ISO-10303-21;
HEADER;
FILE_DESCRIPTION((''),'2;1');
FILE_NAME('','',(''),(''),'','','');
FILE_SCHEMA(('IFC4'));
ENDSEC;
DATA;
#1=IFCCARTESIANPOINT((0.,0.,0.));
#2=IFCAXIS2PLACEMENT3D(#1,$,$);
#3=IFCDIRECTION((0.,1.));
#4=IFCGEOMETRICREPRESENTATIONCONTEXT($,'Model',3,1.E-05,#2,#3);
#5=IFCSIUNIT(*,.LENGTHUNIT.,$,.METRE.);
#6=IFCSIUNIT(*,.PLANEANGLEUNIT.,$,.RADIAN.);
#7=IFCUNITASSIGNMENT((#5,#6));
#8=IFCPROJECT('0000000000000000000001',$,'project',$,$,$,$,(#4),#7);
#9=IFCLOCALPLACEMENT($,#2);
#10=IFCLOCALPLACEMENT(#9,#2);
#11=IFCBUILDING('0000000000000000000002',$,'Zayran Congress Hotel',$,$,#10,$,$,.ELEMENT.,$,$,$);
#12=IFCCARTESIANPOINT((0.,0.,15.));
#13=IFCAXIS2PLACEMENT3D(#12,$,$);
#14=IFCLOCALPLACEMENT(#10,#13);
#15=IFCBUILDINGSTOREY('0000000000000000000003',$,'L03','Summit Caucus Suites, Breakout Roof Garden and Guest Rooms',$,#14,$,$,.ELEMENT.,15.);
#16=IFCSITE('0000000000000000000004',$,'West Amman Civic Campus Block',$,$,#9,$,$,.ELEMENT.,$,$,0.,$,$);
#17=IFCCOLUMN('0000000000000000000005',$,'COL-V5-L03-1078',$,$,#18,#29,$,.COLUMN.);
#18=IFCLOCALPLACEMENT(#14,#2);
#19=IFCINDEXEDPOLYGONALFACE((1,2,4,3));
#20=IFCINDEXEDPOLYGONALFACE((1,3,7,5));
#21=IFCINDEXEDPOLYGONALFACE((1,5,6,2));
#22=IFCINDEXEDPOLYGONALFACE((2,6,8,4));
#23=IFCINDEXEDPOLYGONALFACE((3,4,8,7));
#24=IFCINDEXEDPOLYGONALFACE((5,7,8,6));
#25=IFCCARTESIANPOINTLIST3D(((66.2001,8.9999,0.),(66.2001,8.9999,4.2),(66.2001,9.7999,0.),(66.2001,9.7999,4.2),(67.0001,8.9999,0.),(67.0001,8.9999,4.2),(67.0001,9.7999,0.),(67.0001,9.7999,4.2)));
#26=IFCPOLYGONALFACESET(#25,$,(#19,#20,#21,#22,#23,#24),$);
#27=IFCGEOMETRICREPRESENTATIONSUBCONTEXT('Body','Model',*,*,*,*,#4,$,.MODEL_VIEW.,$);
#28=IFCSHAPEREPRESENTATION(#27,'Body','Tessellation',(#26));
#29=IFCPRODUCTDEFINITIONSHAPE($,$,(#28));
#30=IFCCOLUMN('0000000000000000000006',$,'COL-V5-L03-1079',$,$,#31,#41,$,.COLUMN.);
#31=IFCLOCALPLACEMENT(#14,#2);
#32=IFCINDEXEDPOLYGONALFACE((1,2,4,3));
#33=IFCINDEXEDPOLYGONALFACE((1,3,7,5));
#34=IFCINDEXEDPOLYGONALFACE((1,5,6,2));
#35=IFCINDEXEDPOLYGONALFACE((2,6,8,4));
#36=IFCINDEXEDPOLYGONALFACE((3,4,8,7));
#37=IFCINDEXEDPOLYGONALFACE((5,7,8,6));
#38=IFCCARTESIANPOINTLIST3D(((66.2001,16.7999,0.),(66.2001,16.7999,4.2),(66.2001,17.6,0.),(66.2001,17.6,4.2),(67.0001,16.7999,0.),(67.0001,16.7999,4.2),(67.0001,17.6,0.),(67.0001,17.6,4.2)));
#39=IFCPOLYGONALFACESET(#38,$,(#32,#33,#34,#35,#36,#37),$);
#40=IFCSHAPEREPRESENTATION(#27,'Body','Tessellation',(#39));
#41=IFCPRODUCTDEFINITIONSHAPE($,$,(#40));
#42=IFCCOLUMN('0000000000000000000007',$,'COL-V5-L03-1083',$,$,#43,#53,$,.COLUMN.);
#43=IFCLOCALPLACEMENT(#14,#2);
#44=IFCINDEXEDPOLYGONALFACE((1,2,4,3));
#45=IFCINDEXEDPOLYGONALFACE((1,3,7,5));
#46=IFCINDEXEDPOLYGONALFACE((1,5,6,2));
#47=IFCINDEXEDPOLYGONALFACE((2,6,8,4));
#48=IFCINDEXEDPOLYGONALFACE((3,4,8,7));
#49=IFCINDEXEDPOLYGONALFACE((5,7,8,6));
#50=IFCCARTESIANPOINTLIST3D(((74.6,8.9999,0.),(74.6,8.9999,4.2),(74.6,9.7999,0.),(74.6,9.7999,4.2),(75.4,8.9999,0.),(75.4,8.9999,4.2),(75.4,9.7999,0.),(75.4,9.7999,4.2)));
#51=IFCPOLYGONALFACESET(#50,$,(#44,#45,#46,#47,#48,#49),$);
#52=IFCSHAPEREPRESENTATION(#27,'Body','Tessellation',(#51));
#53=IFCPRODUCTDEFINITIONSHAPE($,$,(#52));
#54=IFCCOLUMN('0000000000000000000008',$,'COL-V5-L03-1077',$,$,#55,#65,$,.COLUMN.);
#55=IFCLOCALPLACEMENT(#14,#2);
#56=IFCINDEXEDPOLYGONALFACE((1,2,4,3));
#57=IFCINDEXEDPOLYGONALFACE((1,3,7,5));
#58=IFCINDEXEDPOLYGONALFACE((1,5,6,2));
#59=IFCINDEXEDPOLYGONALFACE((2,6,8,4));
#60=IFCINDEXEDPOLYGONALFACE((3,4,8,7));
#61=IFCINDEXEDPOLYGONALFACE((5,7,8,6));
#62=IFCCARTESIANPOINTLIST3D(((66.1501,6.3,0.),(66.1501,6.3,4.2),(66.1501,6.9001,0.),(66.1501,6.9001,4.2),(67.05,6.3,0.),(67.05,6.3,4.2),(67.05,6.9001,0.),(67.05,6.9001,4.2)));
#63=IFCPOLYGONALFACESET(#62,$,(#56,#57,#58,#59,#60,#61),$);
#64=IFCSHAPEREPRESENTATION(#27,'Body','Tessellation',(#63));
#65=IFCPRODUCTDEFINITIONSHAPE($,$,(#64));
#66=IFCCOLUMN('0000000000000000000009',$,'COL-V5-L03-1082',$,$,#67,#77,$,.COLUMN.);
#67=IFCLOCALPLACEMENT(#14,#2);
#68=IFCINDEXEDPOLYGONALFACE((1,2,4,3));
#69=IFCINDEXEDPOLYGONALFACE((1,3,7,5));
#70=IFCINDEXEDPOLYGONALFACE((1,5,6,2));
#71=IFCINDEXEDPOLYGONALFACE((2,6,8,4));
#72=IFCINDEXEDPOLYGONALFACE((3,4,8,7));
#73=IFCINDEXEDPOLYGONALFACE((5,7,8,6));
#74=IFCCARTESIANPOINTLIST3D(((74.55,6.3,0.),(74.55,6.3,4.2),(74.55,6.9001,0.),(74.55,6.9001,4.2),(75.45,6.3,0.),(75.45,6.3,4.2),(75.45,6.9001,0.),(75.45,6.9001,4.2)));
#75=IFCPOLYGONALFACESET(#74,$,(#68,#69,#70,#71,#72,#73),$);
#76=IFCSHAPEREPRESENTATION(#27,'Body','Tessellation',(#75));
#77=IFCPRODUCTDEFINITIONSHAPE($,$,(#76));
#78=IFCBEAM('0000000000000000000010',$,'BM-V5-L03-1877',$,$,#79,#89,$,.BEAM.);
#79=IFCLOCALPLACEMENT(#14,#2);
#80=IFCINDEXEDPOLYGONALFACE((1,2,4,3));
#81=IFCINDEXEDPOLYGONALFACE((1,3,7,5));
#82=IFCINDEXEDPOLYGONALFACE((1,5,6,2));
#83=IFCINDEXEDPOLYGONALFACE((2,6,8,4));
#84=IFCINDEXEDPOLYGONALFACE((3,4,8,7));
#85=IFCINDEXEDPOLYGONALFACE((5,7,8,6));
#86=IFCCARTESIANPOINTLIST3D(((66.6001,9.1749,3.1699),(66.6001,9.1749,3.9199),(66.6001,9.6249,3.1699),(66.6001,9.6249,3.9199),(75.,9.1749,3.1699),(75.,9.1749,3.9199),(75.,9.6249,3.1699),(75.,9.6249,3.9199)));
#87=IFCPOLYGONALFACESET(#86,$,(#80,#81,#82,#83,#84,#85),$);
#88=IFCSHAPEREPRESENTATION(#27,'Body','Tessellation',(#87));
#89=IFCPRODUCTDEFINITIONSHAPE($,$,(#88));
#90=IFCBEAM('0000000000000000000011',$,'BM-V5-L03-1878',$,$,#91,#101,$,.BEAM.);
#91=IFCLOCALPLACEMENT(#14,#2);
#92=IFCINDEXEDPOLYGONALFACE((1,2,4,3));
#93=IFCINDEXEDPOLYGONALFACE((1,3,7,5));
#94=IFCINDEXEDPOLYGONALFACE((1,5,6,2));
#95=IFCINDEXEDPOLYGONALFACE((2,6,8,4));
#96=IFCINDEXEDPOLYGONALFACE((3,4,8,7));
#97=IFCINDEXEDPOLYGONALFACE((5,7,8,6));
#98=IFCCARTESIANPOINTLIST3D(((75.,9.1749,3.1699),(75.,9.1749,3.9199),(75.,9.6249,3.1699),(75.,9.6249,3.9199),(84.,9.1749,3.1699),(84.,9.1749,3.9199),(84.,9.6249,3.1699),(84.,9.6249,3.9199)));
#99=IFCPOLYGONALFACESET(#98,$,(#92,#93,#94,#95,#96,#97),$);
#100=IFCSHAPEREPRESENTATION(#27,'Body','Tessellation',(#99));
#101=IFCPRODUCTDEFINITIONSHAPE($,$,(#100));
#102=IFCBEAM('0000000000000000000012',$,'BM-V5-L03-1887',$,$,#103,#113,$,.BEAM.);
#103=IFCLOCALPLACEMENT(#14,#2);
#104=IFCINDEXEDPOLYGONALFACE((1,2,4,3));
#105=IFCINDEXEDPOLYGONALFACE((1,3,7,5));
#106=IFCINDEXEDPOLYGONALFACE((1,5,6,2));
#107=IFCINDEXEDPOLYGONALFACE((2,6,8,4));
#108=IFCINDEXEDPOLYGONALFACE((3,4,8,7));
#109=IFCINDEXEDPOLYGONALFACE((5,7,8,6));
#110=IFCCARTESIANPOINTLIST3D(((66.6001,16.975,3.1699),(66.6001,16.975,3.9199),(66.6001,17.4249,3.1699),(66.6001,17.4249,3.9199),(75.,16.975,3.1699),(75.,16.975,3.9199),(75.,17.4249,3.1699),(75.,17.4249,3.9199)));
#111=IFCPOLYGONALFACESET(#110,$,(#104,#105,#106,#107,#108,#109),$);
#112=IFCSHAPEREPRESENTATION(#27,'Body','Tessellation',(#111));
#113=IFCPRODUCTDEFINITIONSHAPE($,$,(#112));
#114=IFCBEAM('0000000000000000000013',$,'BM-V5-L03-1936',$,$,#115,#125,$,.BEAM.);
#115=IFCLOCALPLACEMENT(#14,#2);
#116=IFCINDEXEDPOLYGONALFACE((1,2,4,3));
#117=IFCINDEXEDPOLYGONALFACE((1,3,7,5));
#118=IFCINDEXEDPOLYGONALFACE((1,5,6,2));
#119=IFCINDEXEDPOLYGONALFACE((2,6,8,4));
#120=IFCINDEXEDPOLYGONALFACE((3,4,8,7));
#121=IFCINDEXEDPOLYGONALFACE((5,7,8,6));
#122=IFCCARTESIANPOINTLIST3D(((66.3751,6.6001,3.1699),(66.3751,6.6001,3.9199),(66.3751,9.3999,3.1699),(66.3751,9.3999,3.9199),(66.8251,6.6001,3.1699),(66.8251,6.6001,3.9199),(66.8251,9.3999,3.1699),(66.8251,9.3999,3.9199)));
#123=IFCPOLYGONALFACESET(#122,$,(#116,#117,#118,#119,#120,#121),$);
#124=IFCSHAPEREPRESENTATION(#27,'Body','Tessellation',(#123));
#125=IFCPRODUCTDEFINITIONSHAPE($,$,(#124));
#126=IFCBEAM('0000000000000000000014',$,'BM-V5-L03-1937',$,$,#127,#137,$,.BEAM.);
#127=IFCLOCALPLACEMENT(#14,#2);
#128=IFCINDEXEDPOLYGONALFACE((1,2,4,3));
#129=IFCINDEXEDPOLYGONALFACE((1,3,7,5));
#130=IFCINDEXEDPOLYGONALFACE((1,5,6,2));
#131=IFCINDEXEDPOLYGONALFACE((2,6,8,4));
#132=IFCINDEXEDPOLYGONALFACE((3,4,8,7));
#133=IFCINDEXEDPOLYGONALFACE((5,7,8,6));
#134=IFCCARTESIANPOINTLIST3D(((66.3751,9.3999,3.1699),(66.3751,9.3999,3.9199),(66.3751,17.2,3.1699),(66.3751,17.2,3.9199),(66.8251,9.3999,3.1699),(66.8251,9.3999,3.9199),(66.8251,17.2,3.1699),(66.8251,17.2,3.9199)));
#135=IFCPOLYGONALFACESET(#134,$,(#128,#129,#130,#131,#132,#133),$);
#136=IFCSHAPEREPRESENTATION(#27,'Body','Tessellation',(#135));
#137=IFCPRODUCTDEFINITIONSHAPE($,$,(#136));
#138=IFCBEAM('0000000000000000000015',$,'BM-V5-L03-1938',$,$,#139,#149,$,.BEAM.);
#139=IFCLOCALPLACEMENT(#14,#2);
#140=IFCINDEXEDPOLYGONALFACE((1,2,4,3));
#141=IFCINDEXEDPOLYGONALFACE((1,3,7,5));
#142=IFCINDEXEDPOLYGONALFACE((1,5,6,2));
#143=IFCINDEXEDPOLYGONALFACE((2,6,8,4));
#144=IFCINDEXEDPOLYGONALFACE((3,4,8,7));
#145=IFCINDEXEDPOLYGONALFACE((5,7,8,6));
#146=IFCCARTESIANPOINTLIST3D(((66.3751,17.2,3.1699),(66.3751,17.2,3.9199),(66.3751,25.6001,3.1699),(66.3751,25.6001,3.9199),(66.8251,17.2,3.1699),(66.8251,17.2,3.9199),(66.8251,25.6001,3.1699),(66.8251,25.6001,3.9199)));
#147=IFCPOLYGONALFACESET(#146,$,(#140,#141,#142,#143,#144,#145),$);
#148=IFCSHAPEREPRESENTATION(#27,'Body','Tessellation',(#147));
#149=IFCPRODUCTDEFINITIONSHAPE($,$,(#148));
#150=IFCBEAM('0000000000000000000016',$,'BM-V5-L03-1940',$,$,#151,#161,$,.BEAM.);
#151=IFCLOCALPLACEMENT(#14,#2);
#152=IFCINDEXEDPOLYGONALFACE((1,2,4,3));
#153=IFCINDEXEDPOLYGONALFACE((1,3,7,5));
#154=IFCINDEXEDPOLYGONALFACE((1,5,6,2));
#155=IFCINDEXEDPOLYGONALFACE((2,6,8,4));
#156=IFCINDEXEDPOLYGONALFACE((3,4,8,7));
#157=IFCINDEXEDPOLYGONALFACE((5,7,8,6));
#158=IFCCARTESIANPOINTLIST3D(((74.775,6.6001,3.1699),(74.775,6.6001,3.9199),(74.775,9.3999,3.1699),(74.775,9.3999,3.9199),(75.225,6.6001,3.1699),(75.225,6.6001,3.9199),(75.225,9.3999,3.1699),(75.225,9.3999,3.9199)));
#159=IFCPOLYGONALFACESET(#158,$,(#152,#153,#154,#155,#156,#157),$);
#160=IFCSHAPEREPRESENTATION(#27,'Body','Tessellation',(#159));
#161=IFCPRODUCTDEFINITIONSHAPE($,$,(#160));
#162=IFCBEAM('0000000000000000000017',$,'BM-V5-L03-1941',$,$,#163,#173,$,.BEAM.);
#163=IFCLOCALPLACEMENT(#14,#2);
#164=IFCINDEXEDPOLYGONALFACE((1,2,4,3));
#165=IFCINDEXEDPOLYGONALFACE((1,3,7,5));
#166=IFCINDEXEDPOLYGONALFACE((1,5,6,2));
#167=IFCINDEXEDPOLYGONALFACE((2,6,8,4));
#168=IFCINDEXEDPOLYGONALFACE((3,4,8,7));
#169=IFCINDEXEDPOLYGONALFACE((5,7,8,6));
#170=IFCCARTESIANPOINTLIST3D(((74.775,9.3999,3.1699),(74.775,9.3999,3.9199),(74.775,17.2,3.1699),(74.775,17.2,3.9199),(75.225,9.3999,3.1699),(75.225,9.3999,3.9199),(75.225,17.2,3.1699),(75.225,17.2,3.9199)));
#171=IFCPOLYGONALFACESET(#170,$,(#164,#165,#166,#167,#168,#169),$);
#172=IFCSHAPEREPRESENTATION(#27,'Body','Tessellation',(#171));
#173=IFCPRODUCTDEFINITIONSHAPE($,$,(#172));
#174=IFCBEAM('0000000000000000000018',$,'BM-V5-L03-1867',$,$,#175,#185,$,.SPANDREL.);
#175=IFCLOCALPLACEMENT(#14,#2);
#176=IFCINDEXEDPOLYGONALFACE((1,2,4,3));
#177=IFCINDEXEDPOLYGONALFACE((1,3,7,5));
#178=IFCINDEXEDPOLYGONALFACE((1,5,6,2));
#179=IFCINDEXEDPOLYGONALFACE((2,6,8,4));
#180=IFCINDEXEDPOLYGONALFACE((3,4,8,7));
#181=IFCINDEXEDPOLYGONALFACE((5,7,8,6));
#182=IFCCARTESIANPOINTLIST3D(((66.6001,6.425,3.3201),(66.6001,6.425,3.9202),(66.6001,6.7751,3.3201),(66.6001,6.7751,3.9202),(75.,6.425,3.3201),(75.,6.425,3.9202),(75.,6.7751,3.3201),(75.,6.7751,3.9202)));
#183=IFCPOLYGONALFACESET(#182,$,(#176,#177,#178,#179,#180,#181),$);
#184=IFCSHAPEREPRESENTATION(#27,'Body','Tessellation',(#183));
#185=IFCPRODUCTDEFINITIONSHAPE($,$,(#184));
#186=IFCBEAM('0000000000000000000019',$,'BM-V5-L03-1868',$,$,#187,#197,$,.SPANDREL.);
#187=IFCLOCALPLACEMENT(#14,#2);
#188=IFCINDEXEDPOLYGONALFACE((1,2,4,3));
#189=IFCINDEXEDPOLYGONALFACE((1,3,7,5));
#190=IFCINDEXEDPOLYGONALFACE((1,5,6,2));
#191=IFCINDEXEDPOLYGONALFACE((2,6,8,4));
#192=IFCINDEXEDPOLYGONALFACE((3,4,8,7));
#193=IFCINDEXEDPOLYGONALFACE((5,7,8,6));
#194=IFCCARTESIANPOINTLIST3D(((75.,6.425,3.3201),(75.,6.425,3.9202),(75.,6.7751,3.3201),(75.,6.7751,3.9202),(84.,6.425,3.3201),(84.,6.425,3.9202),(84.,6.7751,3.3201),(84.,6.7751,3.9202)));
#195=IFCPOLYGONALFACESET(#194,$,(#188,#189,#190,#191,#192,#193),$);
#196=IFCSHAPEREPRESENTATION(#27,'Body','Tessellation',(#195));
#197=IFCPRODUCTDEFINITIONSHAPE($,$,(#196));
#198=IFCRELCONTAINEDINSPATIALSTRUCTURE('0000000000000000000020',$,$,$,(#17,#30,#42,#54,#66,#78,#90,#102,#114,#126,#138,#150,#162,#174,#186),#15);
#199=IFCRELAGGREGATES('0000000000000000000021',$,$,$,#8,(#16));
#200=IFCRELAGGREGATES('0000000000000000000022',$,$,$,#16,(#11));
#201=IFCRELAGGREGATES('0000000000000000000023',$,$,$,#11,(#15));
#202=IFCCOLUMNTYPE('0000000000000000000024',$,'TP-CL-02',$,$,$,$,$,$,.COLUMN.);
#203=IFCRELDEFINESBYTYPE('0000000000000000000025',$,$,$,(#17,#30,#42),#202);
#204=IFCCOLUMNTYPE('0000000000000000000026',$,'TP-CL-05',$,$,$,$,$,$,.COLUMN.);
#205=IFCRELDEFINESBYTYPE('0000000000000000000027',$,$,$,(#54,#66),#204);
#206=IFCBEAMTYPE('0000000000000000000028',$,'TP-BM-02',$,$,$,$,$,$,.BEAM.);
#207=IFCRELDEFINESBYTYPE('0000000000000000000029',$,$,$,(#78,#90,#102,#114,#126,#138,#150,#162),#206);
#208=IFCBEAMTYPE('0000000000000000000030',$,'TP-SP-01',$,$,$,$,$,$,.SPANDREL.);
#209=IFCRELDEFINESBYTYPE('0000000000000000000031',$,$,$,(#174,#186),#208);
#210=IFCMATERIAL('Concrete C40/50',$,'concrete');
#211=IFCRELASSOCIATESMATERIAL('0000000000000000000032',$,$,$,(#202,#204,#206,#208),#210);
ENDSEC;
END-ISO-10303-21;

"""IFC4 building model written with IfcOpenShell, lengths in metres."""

from ifc_helpers import new_model, si_unit, direction, frame, origin, origin_2d, place, context, subcontext, project, spatial, rectangle, extrude, material, material_profile, profile_set, type_object, element, save


model = new_model("IFC4")

# Units and contexts
model_context = context("Model", 3, precision=1e-05, world=origin(), true_north=direction((0.0, 1.0)))
body_context = subcontext(model_context, "Body", "Model", "MODEL_VIEW")
ifc_project = project(units=[si_unit("LENGTHUNIT", "METRE"), si_unit("PLANEANGLEUNIT", "RADIAN")], contexts=[model_context])

# Site, building, storey
site_placement = place(None, origin())
site = spatial("IfcSite", under=ifc_project, at=site_placement, Name="West Amman Civic Campus Block", CompositionType="ELEMENT", RefElevation=0.0)
building_placement = place(site_placement, origin())
building = spatial("IfcBuilding", under=site, at=building_placement, Name="Zayran Congress Hotel", CompositionType="ELEMENT")
storey_placement = place(building_placement, frame((0.0, 0.0, 15.0)))
storey = spatial("IfcBuildingStorey", under=building, at=storey_placement, Name="L03", Description="Summit Caucus Suites, Breakout Roof Garden and Guest Rooms", CompositionType="ELEMENT", Elevation=15.0)

# Columns
ifc_material_1 = material(Name="Concrete C40/50", Category="concrete")
ifc_material_profile_1 = material_profile(ifc_material_1, rectangle(XDim=0.8, YDim=0.8, at=origin_2d()), Name="RC 800x800")
ifc_profile_set_1 = profile_set([ifc_material_profile_1], Name="Concrete C40/50")
column_type_1 = type_object("IfcColumnType", Name="TP-CL-02", PredefinedType="COLUMN", material=ifc_profile_set_1)
for number, where, z_axis, x_axis, name in (
    (1, (66.6001, 9.3999, 0.0), (0.0, 0.0, 1.0), (1.0, 0.0, 0.0), "COL-V5-L03-1078"),
    (2, (66.6001, 17.2, 0.0), (0.0, 0.0, 1.0), (1.0, 0.0, 0.0), "COL-V5-L03-1079"),
    (3, (75.0, 9.3999, 0.0), (0.0, 0.0, 1.0), (1.0, 0.0, 0.0), "COL-V5-L03-1083"),
):
    element("IfcColumn", number, at=place(storey_placement, frame(where, z_axis=z_axis, x_axis=x_axis)), inside=storey, type_object=column_type_1, Name=name, PredefinedType="COLUMN", context=body_context, shape_type="SweptSolid", body=[
        extrude(rectangle(XDim=0.8, YDim=0.8, at=origin_2d()), origin(), (0.0, 0.0, 1.0), 4.2),
    ])
ifc_material_profile_2 = material_profile(ifc_material_1, rectangle(XDim=0.6001, YDim=0.8999, at=origin_2d()), Name="RC 900x600")
ifc_profile_set_2 = profile_set([ifc_material_profile_2], Name="Concrete C40/50")
column_type_2 = type_object("IfcColumnType", Name="TP-CL-05", PredefinedType="COLUMN", material=ifc_profile_set_2)
for number, where, z_axis, x_axis, name in (
    (4, (66.6001, 6.6001, 0.0), (0.0, 0.0, 1.0), (0.0, 1.0, 0.0), "COL-V5-L03-1077"),
    (5, (75.0, 6.6001, 0.0), (0.0, 0.0, 1.0), (0.0, 1.0, 0.0), "COL-V5-L03-1082"),
):
    element("IfcColumn", number, at=place(storey_placement, frame(where, z_axis=z_axis, x_axis=x_axis)), inside=storey, type_object=column_type_2, Name=name, PredefinedType="COLUMN", context=body_context, shape_type="SweptSolid", body=[
        extrude(rectangle(XDim=0.6001, YDim=0.8999, at=origin_2d()), origin(), (0.0, 0.0, 1.0), 4.2),
    ])

# Beams
ifc_material_profile_3 = material_profile(ifc_material_1, rectangle(XDim=0.45, YDim=0.75, at=origin_2d()), Name="RC 450x750")
ifc_profile_set_3 = profile_set([ifc_material_profile_3], Name="Concrete C40/50")
beam_type_1 = type_object("IfcBeamType", Name="TP-BM-02", PredefinedType="BEAM", material=ifc_profile_set_3)
beam_1_placement = place(storey_placement, frame((66.6001, 9.3999, 3.5449), z_axis=(1.0, 0.0, 0.0), x_axis=(0.0, 1.0, 0.0)))
element("IfcBeam", 6, at=beam_1_placement, inside=storey, type_object=beam_type_1, Name="BM-V5-L03-1877", PredefinedType="BEAM", context=body_context, shape_type="SweptSolid", body=[
    extrude(rectangle(XDim=0.45, YDim=0.75, at=origin_2d()), origin(), (0.0, 0.0, 1.0), 8.3999),
])
beam_2_placement = place(storey_placement, frame((75.0, 9.3999, 3.5449), z_axis=(1.0, 0.0, 0.0), x_axis=(0.0, 1.0, 0.0)))
element("IfcBeam", 7, at=beam_2_placement, inside=storey, type_object=beam_type_1, Name="BM-V5-L03-1878", PredefinedType="BEAM", context=body_context, shape_type="SweptSolid", body=[
    extrude(rectangle(XDim=0.45, YDim=0.75, at=origin_2d()), origin(), (0.0, 0.0, 1.0), 9.0),
])
beam_3_placement = place(storey_placement, frame((66.6001, 17.2, 3.5449), z_axis=(1.0, 0.0, 0.0), x_axis=(0.0, 1.0, 0.0)))
element("IfcBeam", 8, at=beam_3_placement, inside=storey, type_object=beam_type_1, Name="BM-V5-L03-1887", PredefinedType="BEAM", context=body_context, shape_type="SweptSolid", body=[
    extrude(rectangle(XDim=0.45, YDim=0.75, at=origin_2d()), origin(), (0.0, 0.0, 1.0), 8.3999),
])
beam_4_placement = place(storey_placement, frame((66.6001, 6.6001, 3.5449), z_axis=(0.0, 1.0, 0.0), x_axis=(-1.0, 0.0, 0.0)))
element("IfcBeam", 9, at=beam_4_placement, inside=storey, type_object=beam_type_1, Name="BM-V5-L03-1936", PredefinedType="BEAM", context=body_context, shape_type="SweptSolid", body=[
    extrude(rectangle(XDim=0.45, YDim=0.75, at=origin_2d()), origin(), (0.0, 0.0, 1.0), 2.7998),
])
beam_5_placement = place(storey_placement, frame((66.6001, 9.3999, 3.5449), z_axis=(0.0, 1.0, 0.0), x_axis=(-1.0, 0.0, 0.0)))
element("IfcBeam", 10, at=beam_5_placement, inside=storey, type_object=beam_type_1, Name="BM-V5-L03-1937", PredefinedType="BEAM", context=body_context, shape_type="SweptSolid", body=[
    extrude(rectangle(XDim=0.45, YDim=0.75, at=origin_2d()), origin(), (0.0, 0.0, 1.0), 7.8),
])
beam_6_placement = place(storey_placement, frame((66.6001, 17.2, 3.5449), z_axis=(0.0, 1.0, 0.0), x_axis=(-1.0, 0.0, 0.0)))
element("IfcBeam", 11, at=beam_6_placement, inside=storey, type_object=beam_type_1, Name="BM-V5-L03-1938", PredefinedType="BEAM", context=body_context, shape_type="SweptSolid", body=[
    extrude(rectangle(XDim=0.45, YDim=0.75, at=origin_2d()), origin(), (0.0, 0.0, 1.0), 8.4001),
])
beam_7_placement = place(storey_placement, frame((75.0, 6.6001, 3.5449), z_axis=(0.0, 1.0, 0.0), x_axis=(-1.0, 0.0, 0.0)))
element("IfcBeam", 12, at=beam_7_placement, inside=storey, type_object=beam_type_1, Name="BM-V5-L03-1940", PredefinedType="BEAM", context=body_context, shape_type="SweptSolid", body=[
    extrude(rectangle(XDim=0.45, YDim=0.75, at=origin_2d()), origin(), (0.0, 0.0, 1.0), 2.7998),
])
beam_8_placement = place(storey_placement, frame((75.0, 9.3999, 3.5449), z_axis=(0.0, 1.0, 0.0), x_axis=(-1.0, 0.0, 0.0)))
element("IfcBeam", 13, at=beam_8_placement, inside=storey, type_object=beam_type_1, Name="BM-V5-L03-1941", PredefinedType="BEAM", context=body_context, shape_type="SweptSolid", body=[
    extrude(rectangle(XDim=0.45, YDim=0.75, at=origin_2d()), origin(), (0.0, 0.0, 1.0), 7.8),
])
ifc_material_profile_4 = material_profile(ifc_material_1, rectangle(XDim=0.3501, YDim=0.6001, at=origin_2d()), Name="RC 350x600")
ifc_profile_set_4 = profile_set([ifc_material_profile_4], Name="Concrete C40/50")
beam_type_2 = type_object("IfcBeamType", Name="TP-SP-01", PredefinedType="SPANDREL", material=ifc_profile_set_4)
beam_9_placement = place(storey_placement, frame((66.6001, 6.6001, 3.6201), z_axis=(1.0, 0.0, 0.0), x_axis=(0.0, 1.0, 0.0)))
element("IfcBeam", 14, at=beam_9_placement, inside=storey, type_object=beam_type_2, Name="BM-V5-L03-1867", PredefinedType="SPANDREL", context=body_context, shape_type="SweptSolid", body=[
    extrude(rectangle(XDim=0.3501, YDim=0.6001, at=origin_2d()), origin(), (0.0, 0.0, 1.0), 8.3999),
])
beam_10_placement = place(storey_placement, frame((75.0, 6.6001, 3.6201), z_axis=(1.0, 0.0, 0.0), x_axis=(0.0, 1.0, 0.0)))
element("IfcBeam", 15, at=beam_10_placement, inside=storey, type_object=beam_type_2, Name="BM-V5-L03-1868", PredefinedType="SPANDREL", context=body_context, shape_type="SweptSolid", body=[
    extrude(rectangle(XDim=0.3501, YDim=0.6001, at=origin_2d()), origin(), (0.0, 0.0, 1.0), 9.0),
])

save(model, "model.ifc")
